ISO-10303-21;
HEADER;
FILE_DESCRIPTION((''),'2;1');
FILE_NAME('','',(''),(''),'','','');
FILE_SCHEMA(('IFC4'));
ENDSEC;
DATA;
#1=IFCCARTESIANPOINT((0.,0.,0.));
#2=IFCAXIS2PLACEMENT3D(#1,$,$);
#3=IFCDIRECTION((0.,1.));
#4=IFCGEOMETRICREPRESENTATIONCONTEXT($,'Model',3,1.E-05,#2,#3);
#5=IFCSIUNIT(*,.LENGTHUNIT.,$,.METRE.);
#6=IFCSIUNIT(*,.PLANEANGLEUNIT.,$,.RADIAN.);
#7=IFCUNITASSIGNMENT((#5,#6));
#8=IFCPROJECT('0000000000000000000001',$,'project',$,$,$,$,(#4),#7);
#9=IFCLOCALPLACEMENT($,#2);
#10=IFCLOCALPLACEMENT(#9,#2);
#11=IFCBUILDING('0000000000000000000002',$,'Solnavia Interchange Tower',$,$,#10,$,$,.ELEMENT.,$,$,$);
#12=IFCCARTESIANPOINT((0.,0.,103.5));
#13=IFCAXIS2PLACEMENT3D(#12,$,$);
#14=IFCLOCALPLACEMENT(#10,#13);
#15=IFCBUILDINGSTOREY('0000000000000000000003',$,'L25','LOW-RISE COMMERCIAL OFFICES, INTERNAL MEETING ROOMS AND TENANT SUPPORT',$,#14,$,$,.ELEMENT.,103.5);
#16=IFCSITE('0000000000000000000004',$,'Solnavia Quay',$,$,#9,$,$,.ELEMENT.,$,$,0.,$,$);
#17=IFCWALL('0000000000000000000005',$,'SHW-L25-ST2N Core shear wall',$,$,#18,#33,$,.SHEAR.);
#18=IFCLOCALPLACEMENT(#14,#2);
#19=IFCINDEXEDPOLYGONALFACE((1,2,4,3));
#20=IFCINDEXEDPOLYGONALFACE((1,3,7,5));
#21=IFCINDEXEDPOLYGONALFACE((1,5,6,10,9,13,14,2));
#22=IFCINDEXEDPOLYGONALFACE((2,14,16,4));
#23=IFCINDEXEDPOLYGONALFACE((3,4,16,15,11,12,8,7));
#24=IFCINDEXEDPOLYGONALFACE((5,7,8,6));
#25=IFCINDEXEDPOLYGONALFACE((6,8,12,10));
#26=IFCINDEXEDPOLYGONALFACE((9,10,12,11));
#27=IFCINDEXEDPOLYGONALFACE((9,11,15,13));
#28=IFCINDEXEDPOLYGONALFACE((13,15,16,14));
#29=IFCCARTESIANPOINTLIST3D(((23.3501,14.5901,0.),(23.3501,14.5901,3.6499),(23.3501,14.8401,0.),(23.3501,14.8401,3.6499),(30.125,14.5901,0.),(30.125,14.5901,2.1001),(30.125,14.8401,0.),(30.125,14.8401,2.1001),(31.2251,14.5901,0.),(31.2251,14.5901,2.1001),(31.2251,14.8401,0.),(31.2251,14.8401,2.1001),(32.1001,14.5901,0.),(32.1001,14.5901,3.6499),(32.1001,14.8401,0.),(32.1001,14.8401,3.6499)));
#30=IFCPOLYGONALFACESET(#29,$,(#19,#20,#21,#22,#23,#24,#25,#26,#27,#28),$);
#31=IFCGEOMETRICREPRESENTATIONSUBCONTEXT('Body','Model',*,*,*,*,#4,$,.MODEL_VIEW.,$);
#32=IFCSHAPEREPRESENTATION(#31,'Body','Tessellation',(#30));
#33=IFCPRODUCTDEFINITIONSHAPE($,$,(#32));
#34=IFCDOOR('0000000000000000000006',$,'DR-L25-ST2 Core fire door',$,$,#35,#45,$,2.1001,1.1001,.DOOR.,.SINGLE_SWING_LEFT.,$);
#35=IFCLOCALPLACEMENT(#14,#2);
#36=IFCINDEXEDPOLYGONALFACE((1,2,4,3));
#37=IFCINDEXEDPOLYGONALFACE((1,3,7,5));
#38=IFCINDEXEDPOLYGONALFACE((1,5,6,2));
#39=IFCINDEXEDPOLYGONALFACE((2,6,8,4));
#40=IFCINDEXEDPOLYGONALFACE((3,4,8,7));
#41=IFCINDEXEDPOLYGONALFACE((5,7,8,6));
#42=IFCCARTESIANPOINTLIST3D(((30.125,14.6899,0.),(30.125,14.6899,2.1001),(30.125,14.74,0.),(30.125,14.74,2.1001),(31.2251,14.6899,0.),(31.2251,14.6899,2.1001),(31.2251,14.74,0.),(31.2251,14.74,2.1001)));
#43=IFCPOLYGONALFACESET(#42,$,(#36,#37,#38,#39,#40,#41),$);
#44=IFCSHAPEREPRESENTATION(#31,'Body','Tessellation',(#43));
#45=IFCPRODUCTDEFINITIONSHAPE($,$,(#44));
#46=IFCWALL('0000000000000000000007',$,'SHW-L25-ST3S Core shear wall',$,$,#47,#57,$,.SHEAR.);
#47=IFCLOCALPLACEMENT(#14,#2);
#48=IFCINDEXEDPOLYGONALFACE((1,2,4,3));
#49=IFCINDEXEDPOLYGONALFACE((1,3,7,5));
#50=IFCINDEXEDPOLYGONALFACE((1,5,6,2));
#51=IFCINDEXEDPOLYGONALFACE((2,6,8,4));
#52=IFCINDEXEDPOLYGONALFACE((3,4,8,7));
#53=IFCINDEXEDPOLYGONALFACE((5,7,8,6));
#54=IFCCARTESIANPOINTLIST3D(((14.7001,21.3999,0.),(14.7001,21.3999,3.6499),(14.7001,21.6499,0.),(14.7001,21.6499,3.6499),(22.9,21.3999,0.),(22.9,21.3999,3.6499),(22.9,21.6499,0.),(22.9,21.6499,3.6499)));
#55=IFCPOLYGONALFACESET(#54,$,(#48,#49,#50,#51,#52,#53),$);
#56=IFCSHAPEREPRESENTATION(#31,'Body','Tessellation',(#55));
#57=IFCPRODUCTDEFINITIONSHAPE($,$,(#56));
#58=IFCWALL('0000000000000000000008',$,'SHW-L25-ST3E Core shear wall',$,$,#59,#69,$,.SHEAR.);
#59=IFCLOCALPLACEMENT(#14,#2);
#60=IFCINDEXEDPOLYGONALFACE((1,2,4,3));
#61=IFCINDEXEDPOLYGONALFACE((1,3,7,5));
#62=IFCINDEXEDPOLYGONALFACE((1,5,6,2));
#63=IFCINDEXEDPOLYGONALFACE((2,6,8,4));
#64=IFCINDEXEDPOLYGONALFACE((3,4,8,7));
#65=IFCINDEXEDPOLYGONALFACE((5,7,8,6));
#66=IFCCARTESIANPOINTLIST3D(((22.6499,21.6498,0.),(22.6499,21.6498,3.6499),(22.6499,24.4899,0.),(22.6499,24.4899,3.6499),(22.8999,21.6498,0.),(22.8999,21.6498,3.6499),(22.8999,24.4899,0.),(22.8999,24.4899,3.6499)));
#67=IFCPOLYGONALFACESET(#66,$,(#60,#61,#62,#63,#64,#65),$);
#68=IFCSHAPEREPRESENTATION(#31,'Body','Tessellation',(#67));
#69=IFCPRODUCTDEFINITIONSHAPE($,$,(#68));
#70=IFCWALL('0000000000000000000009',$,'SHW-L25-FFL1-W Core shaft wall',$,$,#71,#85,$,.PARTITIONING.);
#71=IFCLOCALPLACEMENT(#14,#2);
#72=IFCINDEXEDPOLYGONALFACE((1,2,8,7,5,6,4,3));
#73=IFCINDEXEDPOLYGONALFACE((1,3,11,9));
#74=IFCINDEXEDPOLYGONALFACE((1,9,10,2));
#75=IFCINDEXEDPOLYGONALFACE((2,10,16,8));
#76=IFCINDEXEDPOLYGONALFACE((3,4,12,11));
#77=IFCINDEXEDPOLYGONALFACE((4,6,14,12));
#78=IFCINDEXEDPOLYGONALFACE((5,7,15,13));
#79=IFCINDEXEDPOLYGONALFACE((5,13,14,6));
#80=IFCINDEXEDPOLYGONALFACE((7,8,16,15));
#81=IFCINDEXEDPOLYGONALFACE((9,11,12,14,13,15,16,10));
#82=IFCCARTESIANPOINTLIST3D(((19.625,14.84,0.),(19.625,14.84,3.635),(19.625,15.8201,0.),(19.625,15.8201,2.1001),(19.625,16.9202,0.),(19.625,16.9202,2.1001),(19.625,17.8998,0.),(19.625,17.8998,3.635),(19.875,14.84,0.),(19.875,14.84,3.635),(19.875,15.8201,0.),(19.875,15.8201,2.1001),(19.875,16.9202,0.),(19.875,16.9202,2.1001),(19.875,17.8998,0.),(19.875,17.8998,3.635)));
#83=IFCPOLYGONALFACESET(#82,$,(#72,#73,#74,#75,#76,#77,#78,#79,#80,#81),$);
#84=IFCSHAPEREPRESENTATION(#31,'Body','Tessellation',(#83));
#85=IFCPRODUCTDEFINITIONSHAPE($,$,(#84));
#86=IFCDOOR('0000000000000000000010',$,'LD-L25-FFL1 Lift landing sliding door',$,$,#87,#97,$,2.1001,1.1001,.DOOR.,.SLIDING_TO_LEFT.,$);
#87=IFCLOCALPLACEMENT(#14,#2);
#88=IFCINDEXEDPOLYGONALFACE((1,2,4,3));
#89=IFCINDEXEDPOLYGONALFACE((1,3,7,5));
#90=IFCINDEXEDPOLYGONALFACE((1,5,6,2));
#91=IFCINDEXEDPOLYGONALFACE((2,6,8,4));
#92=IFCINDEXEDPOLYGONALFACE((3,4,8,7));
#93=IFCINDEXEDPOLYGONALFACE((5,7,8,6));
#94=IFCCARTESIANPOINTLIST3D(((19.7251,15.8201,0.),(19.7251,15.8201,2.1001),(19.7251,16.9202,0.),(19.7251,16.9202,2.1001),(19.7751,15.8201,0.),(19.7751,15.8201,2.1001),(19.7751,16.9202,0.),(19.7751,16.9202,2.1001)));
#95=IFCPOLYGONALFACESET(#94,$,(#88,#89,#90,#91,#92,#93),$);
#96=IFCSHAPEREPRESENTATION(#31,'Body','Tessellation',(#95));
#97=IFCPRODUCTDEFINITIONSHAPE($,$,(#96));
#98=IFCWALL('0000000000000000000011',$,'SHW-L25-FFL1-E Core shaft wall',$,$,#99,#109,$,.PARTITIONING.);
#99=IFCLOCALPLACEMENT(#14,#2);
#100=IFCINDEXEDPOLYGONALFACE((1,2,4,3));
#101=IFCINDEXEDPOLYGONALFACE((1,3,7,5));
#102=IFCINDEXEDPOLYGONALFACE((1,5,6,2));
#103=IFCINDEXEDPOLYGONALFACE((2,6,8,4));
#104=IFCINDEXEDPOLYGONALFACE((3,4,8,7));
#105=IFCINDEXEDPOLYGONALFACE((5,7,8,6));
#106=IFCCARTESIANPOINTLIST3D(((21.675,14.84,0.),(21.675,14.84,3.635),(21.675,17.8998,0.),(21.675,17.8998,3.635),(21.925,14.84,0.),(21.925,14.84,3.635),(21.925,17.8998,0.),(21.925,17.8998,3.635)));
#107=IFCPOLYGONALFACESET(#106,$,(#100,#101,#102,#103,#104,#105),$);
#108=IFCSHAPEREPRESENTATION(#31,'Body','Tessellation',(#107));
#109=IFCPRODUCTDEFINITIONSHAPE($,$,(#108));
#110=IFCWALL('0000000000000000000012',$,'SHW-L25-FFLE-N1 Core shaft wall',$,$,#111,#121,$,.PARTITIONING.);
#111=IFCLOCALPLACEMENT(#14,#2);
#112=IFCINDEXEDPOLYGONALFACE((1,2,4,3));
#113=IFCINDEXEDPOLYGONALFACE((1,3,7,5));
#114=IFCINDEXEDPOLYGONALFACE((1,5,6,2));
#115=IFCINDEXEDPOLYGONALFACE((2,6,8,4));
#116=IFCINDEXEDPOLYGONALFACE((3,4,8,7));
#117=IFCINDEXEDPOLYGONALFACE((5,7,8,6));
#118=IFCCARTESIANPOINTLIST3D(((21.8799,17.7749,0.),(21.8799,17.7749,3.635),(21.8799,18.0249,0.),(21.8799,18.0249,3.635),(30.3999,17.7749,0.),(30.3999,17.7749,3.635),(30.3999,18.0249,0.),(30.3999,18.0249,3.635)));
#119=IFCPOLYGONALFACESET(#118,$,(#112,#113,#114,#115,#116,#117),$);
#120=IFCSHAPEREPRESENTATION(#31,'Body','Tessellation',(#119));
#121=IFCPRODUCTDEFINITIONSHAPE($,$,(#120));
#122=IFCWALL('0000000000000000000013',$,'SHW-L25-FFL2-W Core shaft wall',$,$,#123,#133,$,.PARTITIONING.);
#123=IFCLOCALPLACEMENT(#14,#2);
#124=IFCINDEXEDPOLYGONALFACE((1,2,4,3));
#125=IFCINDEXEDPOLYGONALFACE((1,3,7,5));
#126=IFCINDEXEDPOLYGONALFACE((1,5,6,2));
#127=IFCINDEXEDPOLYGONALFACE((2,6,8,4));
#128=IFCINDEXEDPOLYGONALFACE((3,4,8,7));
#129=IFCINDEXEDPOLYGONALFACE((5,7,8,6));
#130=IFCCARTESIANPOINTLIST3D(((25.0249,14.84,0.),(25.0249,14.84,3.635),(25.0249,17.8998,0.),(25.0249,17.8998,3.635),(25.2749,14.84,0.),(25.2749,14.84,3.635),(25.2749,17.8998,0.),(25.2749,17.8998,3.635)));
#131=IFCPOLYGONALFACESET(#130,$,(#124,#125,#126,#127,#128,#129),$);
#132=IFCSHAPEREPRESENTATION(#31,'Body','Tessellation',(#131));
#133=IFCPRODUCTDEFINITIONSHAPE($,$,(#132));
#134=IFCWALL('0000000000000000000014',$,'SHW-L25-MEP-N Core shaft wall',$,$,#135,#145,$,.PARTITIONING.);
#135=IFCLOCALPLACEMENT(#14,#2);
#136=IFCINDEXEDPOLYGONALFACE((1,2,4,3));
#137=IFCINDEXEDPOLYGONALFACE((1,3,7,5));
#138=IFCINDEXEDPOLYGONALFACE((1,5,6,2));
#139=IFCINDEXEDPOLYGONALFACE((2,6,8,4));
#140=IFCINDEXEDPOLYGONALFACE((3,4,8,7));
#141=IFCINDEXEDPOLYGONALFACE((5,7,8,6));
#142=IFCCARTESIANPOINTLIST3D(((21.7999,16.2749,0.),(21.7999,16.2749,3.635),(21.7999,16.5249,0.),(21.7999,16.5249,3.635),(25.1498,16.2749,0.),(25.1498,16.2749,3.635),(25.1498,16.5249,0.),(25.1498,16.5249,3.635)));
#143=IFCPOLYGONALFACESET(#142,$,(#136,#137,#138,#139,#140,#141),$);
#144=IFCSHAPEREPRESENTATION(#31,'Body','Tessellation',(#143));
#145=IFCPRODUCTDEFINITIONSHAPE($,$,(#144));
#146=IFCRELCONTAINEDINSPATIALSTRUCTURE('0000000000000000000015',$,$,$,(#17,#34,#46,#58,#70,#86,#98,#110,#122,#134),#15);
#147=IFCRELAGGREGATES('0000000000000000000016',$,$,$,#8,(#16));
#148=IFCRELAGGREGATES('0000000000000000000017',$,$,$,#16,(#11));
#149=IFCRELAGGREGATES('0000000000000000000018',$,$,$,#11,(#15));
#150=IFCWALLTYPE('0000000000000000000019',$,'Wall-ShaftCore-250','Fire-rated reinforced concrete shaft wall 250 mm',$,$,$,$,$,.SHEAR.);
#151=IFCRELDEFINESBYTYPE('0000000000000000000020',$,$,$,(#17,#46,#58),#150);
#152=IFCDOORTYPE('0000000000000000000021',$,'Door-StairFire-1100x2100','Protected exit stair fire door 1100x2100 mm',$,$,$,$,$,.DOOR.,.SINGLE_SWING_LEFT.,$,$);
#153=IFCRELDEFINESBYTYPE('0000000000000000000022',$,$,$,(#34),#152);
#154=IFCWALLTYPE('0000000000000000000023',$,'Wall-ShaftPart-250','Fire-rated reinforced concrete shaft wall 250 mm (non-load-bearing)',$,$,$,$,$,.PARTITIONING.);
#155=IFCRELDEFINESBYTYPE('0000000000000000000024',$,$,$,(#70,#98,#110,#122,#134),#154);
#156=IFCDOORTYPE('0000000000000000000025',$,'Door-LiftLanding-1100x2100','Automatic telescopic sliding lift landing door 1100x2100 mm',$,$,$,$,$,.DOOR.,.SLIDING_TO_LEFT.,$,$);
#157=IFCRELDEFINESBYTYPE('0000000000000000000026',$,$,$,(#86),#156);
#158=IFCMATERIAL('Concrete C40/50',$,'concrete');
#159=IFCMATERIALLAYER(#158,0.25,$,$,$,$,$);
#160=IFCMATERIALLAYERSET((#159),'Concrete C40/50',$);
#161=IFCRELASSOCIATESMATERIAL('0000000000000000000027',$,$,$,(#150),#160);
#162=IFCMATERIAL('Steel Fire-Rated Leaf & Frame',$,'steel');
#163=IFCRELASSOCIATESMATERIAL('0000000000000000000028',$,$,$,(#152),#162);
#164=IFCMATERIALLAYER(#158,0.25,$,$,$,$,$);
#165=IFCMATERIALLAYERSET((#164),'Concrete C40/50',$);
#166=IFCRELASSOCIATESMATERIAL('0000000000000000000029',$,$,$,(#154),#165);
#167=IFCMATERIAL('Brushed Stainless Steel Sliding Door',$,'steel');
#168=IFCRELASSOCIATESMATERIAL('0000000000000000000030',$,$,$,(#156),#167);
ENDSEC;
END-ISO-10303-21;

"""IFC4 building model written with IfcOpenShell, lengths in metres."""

from ifc_helpers import new_model, si_unit, direction, frame, frame_2d, origin, place, context, subcontext, project, spatial, rectangle, extrude, material, layer, layer_set, type_object, element, fill, save


model = new_model("IFC4")

# Units and contexts
model_context = context("Model", 3, precision=1e-05, world=origin(), true_north=direction((0.0, 1.0)))
body_context = subcontext(model_context, "Body", "Model", "MODEL_VIEW")
ifc_project = project(units=[si_unit("LENGTHUNIT", "METRE"), si_unit("PLANEANGLEUNIT", "RADIAN")], contexts=[model_context])

# Site, building, storey
site_placement = place(None, origin())
site = spatial("IfcSite", under=ifc_project, at=site_placement, Name="Solnavia Quay", CompositionType="ELEMENT", RefElevation=0.0)
building_placement = place(site_placement, origin())
building = spatial("IfcBuilding", under=site, at=building_placement, Name="Solnavia Interchange Tower", CompositionType="ELEMENT")
storey_placement = place(building_placement, frame((0.0, 0.0, 103.5)))
storey = spatial("IfcBuildingStorey", under=building, at=storey_placement, Name="L25", Description="LOW-RISE COMMERCIAL OFFICES, INTERNAL MEETING ROOMS AND TENANT SUPPORT", CompositionType="ELEMENT", Elevation=103.5)

# Wall, opening, door
ifc_material_1 = material(Name="Concrete C40/50", Category="concrete")
ifc_layer_1 = layer(ifc_material_1, 0.25)
ifc_layer_set_1 = layer_set([ifc_layer_1], Name="Concrete C40/50")
wall_type_1 = type_object("IfcWallType", Name="Wall-ShaftCore-250", Description="Fire-rated reinforced concrete shaft wall 250 mm", PredefinedType="SHEAR", material=ifc_layer_set_1)
wall_1_placement = place(storey_placement, frame((23.3501, 14.7151, 0.0), z_axis=(0.0, 0.0, 1.0), x_axis=(1.0, 0.0, 0.0)))
wall_1 = element("IfcWall", 1, at=wall_1_placement, inside=storey, type_object=wall_type_1, Name="SHW-L25-ST2N Core shear wall", PredefinedType="SHEAR", context=body_context, shape_type="SweptSolid", body=[
    extrude(rectangle(XDim=8.75, YDim=0.25, at=frame_2d((4.375, 0.0))), origin(), (0.0, 0.0, 1.0), 3.6499),
])
opening_1_placement = place(wall_1_placement, frame((6.7749, 0.0, 0.0)))
opening_1 = element("IfcOpeningElement", 2, at=opening_1_placement, cuts=wall_1, PredefinedType="OPENING", context=body_context, shape_type="SweptSolid", body=[
    extrude(rectangle(XDim=1.1001, YDim=2.1001, at=frame_2d((0.55, 1.05))), frame((0.0, 0.135, 0.0), z_axis=(0.0, -1.0, 0.0), x_axis=(1.0, 0.0, 0.0)), (0.0, 0.0, 1.0), 0.27),
])
ifc_material_2 = material(Name="Steel Fire-Rated Leaf & Frame", Category="steel")
door_type_1 = type_object("IfcDoorType", Name="Door-StairFire-1100x2100", Description="Protected exit stair fire door 1100x2100 mm", OperationType="SINGLE_SWING_LEFT", PredefinedType="DOOR", material=ifc_material_2)
door_1_placement = place(opening_1_placement, origin())
door_1 = element("IfcDoor", 3, at=door_1_placement, inside=storey, type_object=door_type_1, Name="DR-L25-ST2 Core fire door", OperationType="SINGLE_SWING_LEFT", OverallHeight=2.1001, OverallWidth=1.1001, PredefinedType="DOOR", context=body_context, shape_type="SweptSolid", body=[
    extrude(rectangle(XDim=1.1001, YDim=2.1001, at=frame_2d((0.55, 1.05))), frame((0.0, 0.0249, 0.0), z_axis=(0.0, -1.0, 0.0), x_axis=(1.0, 0.0, 0.0)), (0.0, 0.0, 1.0), 0.05),
])
fill(opening_1, door_1)

# Walls
wall_2_placement = place(storey_placement, frame((14.7, 21.5249, 0.0), z_axis=(0.0, 0.0, 1.0), x_axis=(1.0, 0.0, 0.0)))
element("IfcWall", 4, at=wall_2_placement, inside=storey, type_object=wall_type_1, Name="SHW-L25-ST3S Core shear wall", PredefinedType="SHEAR", context=body_context, shape_type="SweptSolid", body=[
    extrude(rectangle(XDim=8.2, YDim=0.25, at=frame_2d((4.1001, 0.0))), origin(), (0.0, 0.0, 1.0), 3.6499),
])
wall_3_placement = place(storey_placement, frame((22.7749, 21.6499, 0.0), z_axis=(0.0, 0.0, 1.0), x_axis=(0.0, 1.0, 0.0)))
element("IfcWall", 5, at=wall_3_placement, inside=storey, type_object=wall_type_1, Name="SHW-L25-ST3E Core shear wall", PredefinedType="SHEAR", context=body_context, shape_type="SweptSolid", body=[
    extrude(rectangle(XDim=2.8401, YDim=0.25, at=frame_2d((1.4199, 0.0))), origin(), (0.0, 0.0, 1.0), 3.6499),
])

# Wall, opening, door
ifc_layer_2 = layer(ifc_material_1, 0.25)
ifc_layer_set_2 = layer_set([ifc_layer_2], Name="Concrete C40/50")
wall_type_2 = type_object("IfcWallType", Name="Wall-ShaftPart-250", Description="Fire-rated reinforced concrete shaft wall 250 mm (non-load-bearing)", PredefinedType="PARTITIONING", material=ifc_layer_set_2)
wall_4_placement = place(storey_placement, frame((19.75, 14.8401, 0.0), z_axis=(0.0, 0.0, 1.0), x_axis=(0.0, 1.0, 0.0)))
wall_4 = element("IfcWall", 6, at=wall_4_placement, inside=storey, type_object=wall_type_2, Name="SHW-L25-FFL1-W Core shaft wall", PredefinedType="PARTITIONING", context=body_context, shape_type="SweptSolid", body=[
    extrude(rectangle(XDim=3.0598, YDim=0.25, at=frame_2d((1.5298, 0.0))), origin(), (0.0, 0.0, 1.0), 3.635),
])
opening_2_placement = place(wall_4_placement, frame((0.98, 0.0, 0.0)))
opening_2 = element("IfcOpeningElement", 7, at=opening_2_placement, cuts=wall_4, PredefinedType="OPENING", context=body_context, shape_type="SweptSolid", body=[
    extrude(rectangle(XDim=1.1001, YDim=2.1001, at=frame_2d((0.55, 1.05))), frame((0.0, 0.135, 0.0), z_axis=(0.0, -1.0, 0.0), x_axis=(1.0, 0.0, 0.0)), (0.0, 0.0, 1.0), 0.27),
])
ifc_material_3 = material(Name="Brushed Stainless Steel Sliding Door", Category="steel")
door_type_2 = type_object("IfcDoorType", Name="Door-LiftLanding-1100x2100", Description="Automatic telescopic sliding lift landing door 1100x2100 mm", OperationType="SLIDING_TO_LEFT", PredefinedType="DOOR", material=ifc_material_3)
door_2_placement = place(opening_2_placement, origin())
door_2 = element("IfcDoor", 8, at=door_2_placement, inside=storey, type_object=door_type_2, Name="LD-L25-FFL1 Lift landing sliding door", OperationType="SLIDING_TO_LEFT", OverallHeight=2.1001, OverallWidth=1.1001, PredefinedType="DOOR", context=body_context, shape_type="SweptSolid", body=[
    extrude(rectangle(XDim=1.1001, YDim=2.1001, at=frame_2d((0.55, 1.05))), frame((0.0, 0.0249, 0.0), z_axis=(0.0, -1.0, 0.0), x_axis=(1.0, 0.0, 0.0)), (0.0, 0.0, 1.0), 0.05),
])
fill(opening_2, door_2)

# Walls
wall_5_placement = place(storey_placement, frame((21.8, 14.8401, 0.0), z_axis=(0.0, 0.0, 1.0), x_axis=(0.0, 1.0, 0.0)))
element("IfcWall", 9, at=wall_5_placement, inside=storey, type_object=wall_type_2, Name="SHW-L25-FFL1-E Core shaft wall", PredefinedType="PARTITIONING", context=body_context, shape_type="SweptSolid", body=[
    extrude(rectangle(XDim=3.0598, YDim=0.25, at=frame_2d((1.5298, 0.0))), origin(), (0.0, 0.0, 1.0), 3.635),
])
wall_6_placement = place(storey_placement, frame((21.8799, 17.8999, 0.0), z_axis=(0.0, 0.0, 1.0), x_axis=(1.0, 0.0, 0.0)))
element("IfcWall", 10, at=wall_6_placement, inside=storey, type_object=wall_type_2, Name="SHW-L25-FFLE-N1 Core shaft wall", PredefinedType="PARTITIONING", context=body_context, shape_type="SweptSolid", body=[
    extrude(rectangle(XDim=8.52, YDim=0.25, at=frame_2d((4.26, 0.0))), origin(), (0.0, 0.0, 1.0), 3.635),
])
wall_7_placement = place(storey_placement, frame((25.1499, 14.8401, 0.0), z_axis=(0.0, 0.0, 1.0), x_axis=(0.0, 1.0, 0.0)))
element("IfcWall", 11, at=wall_7_placement, inside=storey, type_object=wall_type_2, Name="SHW-L25-FFL2-W Core shaft wall", PredefinedType="PARTITIONING", context=body_context, shape_type="SweptSolid", body=[
    extrude(rectangle(XDim=3.0598, YDim=0.25, at=frame_2d((1.5298, 0.0))), origin(), (0.0, 0.0, 1.0), 3.635),
])
wall_8_placement = place(storey_placement, frame((21.8, 16.3999, 0.0), z_axis=(0.0, 0.0, 1.0), x_axis=(1.0, 0.0, 0.0)))
element("IfcWall", 12, at=wall_8_placement, inside=storey, type_object=wall_type_2, Name="SHW-L25-MEP-N Core shaft wall", PredefinedType="PARTITIONING", context=body_context, shape_type="SweptSolid", body=[
    extrude(rectangle(XDim=3.3499, YDim=0.25, at=frame_2d((1.6748, 0.0))), origin(), (0.0, 0.0, 1.0), 3.635),
])

save(model, "model.ifc")
